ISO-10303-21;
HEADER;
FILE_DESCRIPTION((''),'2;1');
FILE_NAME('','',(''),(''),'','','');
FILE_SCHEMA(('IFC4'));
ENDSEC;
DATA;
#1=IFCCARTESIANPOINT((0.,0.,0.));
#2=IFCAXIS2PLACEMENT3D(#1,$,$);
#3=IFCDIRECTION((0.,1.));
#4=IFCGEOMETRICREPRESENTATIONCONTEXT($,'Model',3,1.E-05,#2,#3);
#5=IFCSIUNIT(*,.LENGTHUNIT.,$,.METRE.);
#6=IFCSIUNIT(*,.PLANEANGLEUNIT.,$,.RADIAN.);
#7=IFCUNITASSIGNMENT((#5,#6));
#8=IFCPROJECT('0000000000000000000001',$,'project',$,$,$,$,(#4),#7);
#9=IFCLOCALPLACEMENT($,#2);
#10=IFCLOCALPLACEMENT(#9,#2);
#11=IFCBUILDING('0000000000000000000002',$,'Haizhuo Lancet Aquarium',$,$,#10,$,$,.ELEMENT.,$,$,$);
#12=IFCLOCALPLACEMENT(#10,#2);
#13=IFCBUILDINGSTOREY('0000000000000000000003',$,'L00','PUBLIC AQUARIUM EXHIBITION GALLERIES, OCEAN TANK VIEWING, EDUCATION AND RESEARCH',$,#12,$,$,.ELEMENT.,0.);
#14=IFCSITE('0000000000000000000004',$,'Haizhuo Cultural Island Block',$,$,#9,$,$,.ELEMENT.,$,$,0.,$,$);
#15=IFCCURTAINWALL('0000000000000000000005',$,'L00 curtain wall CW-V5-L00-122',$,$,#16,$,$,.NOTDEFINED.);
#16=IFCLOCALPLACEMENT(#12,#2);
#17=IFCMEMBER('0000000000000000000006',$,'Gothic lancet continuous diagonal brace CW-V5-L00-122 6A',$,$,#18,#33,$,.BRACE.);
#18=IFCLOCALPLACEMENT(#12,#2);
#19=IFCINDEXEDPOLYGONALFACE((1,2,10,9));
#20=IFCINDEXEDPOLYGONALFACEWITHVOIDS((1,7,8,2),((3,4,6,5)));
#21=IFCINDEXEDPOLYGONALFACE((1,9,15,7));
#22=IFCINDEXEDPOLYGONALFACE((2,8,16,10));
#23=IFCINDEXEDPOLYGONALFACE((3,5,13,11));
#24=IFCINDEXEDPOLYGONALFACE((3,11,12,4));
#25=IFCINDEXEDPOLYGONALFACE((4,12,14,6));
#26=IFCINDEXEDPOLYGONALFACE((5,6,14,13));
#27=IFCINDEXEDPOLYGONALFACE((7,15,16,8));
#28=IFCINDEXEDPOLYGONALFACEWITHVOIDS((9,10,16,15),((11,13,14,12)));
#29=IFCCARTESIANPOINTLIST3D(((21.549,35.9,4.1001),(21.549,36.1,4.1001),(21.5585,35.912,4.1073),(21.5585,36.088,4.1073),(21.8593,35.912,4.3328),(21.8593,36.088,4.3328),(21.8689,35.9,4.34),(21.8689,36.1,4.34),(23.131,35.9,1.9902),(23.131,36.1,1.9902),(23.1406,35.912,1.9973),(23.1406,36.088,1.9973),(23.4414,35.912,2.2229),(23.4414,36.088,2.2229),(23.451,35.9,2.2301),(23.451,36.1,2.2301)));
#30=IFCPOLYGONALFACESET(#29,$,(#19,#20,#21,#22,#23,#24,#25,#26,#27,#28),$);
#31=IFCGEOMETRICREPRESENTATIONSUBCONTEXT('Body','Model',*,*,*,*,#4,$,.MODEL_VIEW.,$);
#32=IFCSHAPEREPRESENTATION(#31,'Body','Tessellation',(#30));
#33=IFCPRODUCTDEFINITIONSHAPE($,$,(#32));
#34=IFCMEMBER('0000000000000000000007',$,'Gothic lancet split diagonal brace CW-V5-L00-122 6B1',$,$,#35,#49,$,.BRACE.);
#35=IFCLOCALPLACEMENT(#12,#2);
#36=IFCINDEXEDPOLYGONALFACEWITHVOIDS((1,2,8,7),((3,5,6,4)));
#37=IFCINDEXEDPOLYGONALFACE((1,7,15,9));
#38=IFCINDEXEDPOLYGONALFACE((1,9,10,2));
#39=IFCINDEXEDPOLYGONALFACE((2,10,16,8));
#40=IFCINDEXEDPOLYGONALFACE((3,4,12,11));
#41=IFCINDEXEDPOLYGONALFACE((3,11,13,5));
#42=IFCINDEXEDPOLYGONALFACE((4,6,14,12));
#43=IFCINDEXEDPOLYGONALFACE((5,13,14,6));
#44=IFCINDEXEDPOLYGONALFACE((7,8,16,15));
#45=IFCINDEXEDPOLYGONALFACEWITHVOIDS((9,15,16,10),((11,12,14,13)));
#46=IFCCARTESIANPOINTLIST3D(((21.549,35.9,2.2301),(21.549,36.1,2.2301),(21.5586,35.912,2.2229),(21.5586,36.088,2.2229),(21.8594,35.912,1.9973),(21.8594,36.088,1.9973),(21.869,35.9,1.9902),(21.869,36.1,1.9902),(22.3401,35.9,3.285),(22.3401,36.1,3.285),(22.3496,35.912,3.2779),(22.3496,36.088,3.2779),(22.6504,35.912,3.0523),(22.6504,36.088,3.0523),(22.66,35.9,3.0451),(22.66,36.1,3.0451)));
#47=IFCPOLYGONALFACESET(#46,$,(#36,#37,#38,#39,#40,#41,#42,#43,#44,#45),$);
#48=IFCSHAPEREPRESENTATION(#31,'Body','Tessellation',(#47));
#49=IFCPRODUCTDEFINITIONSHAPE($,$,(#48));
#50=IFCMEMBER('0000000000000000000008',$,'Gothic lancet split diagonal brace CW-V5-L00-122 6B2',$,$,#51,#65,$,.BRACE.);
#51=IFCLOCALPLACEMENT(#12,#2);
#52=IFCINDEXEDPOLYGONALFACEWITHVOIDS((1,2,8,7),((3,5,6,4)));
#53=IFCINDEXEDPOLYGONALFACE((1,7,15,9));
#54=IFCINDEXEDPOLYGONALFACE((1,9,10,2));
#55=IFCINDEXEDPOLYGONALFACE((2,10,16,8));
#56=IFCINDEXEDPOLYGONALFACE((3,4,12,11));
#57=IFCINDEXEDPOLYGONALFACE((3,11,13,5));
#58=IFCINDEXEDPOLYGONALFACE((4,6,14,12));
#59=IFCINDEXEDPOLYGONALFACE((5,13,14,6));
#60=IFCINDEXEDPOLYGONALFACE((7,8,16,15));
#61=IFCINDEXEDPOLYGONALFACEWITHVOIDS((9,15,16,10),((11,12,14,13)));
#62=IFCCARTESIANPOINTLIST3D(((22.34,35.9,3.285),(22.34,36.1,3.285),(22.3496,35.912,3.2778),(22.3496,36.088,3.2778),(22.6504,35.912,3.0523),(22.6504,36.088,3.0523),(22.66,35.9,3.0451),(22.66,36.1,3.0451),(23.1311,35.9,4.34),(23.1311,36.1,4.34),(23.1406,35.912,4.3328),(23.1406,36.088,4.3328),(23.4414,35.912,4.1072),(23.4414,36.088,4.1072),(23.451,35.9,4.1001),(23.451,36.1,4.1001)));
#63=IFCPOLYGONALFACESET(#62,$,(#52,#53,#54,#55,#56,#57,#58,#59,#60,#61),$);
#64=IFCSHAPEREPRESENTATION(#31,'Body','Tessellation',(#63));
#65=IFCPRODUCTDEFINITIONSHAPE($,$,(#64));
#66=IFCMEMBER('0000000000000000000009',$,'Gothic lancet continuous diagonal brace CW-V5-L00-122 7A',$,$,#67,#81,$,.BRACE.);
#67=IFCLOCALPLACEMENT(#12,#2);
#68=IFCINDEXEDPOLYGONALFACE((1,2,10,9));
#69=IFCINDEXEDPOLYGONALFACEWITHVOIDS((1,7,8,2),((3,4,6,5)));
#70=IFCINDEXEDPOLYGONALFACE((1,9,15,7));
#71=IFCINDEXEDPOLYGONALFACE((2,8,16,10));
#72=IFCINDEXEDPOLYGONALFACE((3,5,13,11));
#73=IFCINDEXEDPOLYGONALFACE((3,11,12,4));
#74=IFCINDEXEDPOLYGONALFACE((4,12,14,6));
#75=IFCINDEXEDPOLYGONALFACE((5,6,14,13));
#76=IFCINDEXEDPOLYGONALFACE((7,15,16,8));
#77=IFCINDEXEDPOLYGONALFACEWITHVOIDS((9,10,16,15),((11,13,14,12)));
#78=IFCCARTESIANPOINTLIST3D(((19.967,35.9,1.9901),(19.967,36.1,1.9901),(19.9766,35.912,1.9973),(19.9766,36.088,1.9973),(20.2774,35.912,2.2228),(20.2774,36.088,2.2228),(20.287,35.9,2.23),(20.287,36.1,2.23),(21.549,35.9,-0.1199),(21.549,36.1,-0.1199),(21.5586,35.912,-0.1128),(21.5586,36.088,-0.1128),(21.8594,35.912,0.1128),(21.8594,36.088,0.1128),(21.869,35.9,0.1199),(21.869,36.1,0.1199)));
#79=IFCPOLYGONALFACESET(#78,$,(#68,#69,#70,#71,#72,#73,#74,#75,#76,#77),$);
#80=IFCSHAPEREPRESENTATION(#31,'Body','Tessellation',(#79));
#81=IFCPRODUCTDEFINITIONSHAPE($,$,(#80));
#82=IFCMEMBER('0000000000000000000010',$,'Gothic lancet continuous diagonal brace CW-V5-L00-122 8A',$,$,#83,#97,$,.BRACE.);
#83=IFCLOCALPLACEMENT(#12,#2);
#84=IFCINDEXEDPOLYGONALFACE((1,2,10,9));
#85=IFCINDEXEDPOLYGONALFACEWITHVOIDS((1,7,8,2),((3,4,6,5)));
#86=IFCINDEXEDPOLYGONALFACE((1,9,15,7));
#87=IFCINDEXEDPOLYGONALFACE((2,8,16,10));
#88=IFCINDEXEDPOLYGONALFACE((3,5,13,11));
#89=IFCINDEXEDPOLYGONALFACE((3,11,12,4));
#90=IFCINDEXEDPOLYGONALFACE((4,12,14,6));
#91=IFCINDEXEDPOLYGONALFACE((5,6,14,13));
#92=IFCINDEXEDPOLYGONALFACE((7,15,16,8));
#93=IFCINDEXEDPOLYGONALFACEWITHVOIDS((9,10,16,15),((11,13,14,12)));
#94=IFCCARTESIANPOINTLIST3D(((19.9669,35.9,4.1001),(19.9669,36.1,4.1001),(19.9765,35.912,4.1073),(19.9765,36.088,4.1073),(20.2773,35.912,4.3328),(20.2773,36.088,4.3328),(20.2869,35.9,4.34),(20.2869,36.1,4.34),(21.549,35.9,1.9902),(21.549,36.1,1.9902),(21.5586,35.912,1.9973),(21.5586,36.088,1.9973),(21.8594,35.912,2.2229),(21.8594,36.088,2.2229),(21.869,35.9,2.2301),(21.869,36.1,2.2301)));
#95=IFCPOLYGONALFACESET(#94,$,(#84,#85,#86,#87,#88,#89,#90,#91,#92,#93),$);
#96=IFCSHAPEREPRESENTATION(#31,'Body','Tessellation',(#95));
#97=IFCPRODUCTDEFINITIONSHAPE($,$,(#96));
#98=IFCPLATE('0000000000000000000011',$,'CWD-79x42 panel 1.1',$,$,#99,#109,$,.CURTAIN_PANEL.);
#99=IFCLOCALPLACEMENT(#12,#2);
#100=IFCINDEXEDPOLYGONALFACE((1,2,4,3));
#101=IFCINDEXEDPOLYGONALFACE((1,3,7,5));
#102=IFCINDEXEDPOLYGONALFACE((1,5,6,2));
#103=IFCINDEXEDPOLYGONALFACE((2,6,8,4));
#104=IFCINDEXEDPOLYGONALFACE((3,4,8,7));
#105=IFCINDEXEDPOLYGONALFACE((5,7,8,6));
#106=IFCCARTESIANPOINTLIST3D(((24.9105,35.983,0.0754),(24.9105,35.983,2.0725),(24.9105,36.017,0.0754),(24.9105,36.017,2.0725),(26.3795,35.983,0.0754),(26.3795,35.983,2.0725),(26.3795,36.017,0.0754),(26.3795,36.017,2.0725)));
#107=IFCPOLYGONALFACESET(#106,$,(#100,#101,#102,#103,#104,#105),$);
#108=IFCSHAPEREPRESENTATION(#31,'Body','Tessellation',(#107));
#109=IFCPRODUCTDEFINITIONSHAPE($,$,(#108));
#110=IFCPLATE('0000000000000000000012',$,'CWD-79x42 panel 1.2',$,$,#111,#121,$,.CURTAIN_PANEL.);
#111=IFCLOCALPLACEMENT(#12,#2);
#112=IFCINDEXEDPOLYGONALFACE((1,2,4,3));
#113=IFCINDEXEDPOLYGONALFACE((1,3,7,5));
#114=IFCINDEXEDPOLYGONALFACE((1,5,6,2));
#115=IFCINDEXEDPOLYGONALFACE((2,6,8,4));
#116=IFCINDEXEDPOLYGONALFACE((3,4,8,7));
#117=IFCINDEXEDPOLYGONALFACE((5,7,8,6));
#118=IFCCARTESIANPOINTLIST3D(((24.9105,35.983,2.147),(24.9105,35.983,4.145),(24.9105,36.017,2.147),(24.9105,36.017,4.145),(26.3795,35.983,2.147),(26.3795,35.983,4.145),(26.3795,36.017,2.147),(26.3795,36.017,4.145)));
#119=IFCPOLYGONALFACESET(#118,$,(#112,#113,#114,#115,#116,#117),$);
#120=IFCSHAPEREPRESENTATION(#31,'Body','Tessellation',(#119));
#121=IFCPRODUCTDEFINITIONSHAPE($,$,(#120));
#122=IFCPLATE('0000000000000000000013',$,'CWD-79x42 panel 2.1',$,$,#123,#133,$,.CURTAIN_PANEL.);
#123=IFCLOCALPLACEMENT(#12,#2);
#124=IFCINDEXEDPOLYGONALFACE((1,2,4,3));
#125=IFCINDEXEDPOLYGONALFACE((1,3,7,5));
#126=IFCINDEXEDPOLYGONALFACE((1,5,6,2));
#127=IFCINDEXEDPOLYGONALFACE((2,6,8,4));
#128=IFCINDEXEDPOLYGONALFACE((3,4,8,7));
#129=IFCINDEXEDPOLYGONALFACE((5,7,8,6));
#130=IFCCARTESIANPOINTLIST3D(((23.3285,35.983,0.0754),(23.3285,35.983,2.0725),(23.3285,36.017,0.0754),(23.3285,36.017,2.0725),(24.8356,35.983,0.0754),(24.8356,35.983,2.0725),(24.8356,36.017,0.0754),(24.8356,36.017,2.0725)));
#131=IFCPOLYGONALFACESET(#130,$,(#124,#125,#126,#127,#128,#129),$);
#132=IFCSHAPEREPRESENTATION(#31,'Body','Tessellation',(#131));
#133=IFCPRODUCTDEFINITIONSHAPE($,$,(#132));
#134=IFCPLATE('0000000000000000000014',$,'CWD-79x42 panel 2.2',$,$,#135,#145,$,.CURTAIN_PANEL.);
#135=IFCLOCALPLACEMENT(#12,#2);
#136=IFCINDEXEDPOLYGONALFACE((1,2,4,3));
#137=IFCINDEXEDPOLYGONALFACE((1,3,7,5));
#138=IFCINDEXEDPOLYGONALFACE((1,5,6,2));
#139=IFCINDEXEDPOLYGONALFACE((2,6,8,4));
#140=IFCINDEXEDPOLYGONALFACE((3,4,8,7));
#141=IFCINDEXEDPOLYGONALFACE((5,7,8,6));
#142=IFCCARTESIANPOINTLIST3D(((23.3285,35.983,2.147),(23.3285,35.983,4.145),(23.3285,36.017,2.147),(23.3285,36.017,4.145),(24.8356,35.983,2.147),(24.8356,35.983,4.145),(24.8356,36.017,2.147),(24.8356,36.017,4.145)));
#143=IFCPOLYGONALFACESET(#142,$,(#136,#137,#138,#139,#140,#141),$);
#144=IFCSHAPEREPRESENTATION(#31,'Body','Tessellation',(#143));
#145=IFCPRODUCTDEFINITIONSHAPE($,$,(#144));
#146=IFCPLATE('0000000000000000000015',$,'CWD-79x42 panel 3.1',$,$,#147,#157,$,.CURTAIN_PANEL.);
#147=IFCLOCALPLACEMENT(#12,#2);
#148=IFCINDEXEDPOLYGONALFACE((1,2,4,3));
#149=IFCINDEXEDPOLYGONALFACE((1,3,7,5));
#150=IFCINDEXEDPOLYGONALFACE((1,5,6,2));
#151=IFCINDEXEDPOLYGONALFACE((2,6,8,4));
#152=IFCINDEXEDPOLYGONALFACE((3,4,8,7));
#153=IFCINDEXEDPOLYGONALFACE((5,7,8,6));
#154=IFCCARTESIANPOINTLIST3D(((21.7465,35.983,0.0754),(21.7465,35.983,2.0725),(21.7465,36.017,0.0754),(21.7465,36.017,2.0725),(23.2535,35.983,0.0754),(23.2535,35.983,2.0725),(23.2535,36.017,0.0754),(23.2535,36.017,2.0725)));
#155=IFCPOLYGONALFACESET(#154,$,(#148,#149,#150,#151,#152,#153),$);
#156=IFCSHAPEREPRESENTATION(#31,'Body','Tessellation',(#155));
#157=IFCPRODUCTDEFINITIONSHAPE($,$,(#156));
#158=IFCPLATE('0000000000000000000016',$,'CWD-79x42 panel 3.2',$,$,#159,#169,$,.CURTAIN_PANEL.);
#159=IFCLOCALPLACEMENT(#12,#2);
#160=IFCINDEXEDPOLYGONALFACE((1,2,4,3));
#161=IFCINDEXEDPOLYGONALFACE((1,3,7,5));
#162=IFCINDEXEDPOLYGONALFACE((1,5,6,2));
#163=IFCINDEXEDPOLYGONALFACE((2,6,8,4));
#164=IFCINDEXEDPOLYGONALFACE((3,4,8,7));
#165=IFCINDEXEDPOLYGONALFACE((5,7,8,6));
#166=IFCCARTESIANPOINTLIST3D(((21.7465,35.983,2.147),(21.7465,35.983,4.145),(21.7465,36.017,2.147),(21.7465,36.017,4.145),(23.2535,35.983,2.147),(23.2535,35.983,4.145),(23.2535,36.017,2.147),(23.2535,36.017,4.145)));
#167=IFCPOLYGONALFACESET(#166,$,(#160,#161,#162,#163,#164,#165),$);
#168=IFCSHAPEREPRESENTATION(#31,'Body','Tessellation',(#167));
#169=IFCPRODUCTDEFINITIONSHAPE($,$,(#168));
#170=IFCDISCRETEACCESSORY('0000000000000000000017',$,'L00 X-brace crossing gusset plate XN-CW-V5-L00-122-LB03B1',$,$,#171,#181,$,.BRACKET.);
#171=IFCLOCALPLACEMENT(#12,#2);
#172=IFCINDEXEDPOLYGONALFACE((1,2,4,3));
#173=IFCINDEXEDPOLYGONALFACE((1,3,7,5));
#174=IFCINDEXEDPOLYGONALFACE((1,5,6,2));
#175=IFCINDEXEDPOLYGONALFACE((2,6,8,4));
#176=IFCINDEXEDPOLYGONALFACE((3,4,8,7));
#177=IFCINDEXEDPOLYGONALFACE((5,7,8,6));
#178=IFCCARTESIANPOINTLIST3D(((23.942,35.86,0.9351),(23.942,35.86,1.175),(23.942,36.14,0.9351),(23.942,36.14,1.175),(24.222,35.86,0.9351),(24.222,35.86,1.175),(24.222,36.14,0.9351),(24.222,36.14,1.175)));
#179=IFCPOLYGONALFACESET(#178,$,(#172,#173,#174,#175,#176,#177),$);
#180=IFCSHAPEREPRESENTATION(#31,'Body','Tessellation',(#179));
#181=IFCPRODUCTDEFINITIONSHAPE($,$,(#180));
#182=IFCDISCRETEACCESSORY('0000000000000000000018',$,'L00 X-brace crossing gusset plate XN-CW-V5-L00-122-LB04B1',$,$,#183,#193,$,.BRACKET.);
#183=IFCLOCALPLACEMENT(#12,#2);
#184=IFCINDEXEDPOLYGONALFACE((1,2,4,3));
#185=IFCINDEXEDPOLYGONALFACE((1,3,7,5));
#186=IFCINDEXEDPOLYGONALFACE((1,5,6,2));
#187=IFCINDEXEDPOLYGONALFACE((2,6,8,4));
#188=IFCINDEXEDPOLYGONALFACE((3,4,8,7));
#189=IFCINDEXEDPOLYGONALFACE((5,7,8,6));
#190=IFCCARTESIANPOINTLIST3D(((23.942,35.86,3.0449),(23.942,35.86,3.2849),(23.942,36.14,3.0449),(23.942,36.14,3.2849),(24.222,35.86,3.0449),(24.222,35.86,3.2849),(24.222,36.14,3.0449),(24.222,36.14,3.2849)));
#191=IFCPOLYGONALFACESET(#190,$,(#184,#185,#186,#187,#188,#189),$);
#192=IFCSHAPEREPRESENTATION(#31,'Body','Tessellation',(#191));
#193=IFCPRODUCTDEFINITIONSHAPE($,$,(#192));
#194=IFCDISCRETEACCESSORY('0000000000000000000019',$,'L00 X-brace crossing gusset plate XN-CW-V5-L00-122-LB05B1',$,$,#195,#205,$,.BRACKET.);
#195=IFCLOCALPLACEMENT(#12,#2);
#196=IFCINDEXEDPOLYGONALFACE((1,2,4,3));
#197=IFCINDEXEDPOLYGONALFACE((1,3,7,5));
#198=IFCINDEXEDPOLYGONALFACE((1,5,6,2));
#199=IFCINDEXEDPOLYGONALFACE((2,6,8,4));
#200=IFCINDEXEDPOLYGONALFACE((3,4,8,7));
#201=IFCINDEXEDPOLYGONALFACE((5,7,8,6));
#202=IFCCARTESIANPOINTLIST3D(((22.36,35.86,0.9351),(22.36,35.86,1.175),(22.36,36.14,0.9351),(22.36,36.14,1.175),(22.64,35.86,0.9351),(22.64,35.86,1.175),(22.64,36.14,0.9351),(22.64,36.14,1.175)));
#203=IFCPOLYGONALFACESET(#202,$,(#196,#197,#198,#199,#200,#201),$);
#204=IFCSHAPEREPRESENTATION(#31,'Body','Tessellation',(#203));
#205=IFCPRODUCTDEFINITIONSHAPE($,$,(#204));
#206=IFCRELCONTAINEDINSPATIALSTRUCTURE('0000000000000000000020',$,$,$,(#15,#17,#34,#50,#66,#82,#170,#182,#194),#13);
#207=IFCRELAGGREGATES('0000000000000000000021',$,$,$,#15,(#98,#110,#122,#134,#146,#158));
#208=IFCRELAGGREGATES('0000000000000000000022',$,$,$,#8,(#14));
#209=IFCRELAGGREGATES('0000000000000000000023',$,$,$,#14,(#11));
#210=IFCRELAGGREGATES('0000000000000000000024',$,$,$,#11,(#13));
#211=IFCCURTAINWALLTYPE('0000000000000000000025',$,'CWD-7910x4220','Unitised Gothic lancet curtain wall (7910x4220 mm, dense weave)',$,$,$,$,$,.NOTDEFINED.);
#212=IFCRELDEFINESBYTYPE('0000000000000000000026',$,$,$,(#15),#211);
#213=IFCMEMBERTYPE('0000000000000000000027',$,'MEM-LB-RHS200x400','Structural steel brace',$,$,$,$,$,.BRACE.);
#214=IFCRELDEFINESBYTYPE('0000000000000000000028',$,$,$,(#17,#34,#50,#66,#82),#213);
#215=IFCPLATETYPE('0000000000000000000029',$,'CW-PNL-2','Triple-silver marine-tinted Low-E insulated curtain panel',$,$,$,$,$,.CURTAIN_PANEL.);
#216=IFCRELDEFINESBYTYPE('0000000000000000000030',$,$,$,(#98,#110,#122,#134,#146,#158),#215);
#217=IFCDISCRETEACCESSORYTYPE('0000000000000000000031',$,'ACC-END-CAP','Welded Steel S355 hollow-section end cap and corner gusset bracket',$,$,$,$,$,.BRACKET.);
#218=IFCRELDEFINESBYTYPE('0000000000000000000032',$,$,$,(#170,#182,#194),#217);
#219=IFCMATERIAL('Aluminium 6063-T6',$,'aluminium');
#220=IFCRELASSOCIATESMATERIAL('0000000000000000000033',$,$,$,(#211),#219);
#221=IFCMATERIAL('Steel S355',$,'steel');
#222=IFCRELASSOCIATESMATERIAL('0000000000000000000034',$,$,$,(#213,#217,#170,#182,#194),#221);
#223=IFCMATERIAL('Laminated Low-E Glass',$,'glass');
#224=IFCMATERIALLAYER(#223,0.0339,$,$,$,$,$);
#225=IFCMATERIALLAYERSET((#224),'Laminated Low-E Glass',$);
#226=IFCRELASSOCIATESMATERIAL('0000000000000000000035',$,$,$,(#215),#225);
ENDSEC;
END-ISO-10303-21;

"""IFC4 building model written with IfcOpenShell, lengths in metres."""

from ifc_helpers import new_model, si_unit, direction, frame, origin, origin_2d, place, context, subcontext, project, spatial, rectangle, hollow_rectangle, extrude, material, layer, layer_set, material_profile, profile_set, type_object, element, aggregate, save


model = new_model("IFC4")

# Units and contexts
model_context = context("Model", 3, precision=1e-05, world=origin(), true_north=direction((0.0, 1.0)))
body_context = subcontext(model_context, "Body", "Model", "MODEL_VIEW")
ifc_project = project(units=[si_unit("LENGTHUNIT", "METRE"), si_unit("PLANEANGLEUNIT", "RADIAN")], contexts=[model_context])

# Site, building, storey
site_placement = place(None, origin())
site = spatial("IfcSite", under=ifc_project, at=site_placement, Name="Haizhuo Cultural Island Block", CompositionType="ELEMENT", RefElevation=0.0)
building_placement = place(site_placement, origin())
building = spatial("IfcBuilding", under=site, at=building_placement, Name="Haizhuo Lancet Aquarium", CompositionType="ELEMENT")
storey_placement = place(building_placement, origin())
storey = spatial("IfcBuildingStorey", under=building, at=storey_placement, Name="L00", Description="PUBLIC AQUARIUM EXHIBITION GALLERIES, OCEAN TANK VIEWING, EDUCATION AND RESEARCH", CompositionType="ELEMENT", Elevation=0.0)

# Curtain wall
ifc_material_1 = material(Name="Aluminium 6063-T6", Category="aluminium")
curtain_wall_type = type_object("IfcCurtainWallType", Name="CWD-7910x4220", Description="Unitised Gothic lancet curtain wall (7910x4220 mm, dense weave)", PredefinedType="NOTDEFINED", material=ifc_material_1)
curtain_wall_placement = place(storey_placement, origin())
curtain_wall = element("IfcCurtainWall", 1, at=curtain_wall_placement, inside=storey, type_object=curtain_wall_type, Name="L00 curtain wall CW-V5-L00-122", PredefinedType="NOTDEFINED")

# Members
ifc_material_2 = material(Name="Steel S355", Category="steel")
ifc_material_profile_1 = material_profile(ifc_material_2, hollow_rectangle(XDim=0.2, YDim=0.3999, WallThickness=0.012, at=origin_2d()), Name="RHS 200x400x12")
ifc_profile_set_1 = profile_set([ifc_material_profile_1], Name="Steel S355")
member_type_1 = type_object("IfcMemberType", Name="MEM-LB-RHS200x400", Description="Structural steel brace", PredefinedType="BRACE", material=ifc_profile_set_1)
member_1_placement = place(storey_placement, frame((23.291, 36.0, 2.1101), z_axis=(-0.599911, 0.0, 0.800067), x_axis=(0.0, -1.0, 0.0)))
element("IfcMember", 2, at=member_1_placement, inside=storey, type_object=member_type_1, Name="Gothic lancet continuous diagonal brace CW-V5-L00-122 6A", PredefinedType="BRACE", context=body_context, shape_type="SweptSolid", body=[
    extrude(hollow_rectangle(XDim=0.2, YDim=0.3999, WallThickness=0.012, at=origin_2d()), origin(), (0.0, 0.0, 1.0), 2.6372),
])
for number, where, z_axis, x_axis, name in (
    (3, (21.709, 36.0, 2.1101), (0.599911, 0.0, 0.800067), (0.0, 1.0, 0.0), "Gothic lancet split diagonal brace CW-V5-L00-122 6B1"),
    (4, (22.5, 36.0, 3.165), (0.599911, 0.0, 0.800067), (0.0, 1.0, 0.0), "Gothic lancet split diagonal brace CW-V5-L00-122 6B2"),
):
    element("IfcMember", number, at=place(storey_placement, frame(where, z_axis=z_axis, x_axis=x_axis)), inside=storey, type_object=member_type_1, Name=name, PredefinedType="BRACE", context=body_context, shape_type="SweptSolid", body=[
        extrude(hollow_rectangle(XDim=0.2, YDim=0.3999, WallThickness=0.012, at=origin_2d()), origin(), (0.0, 0.0, 1.0), 1.3186),
    ])
for number, where, z_axis, x_axis, name in (
    (5, (21.709, 36.0, 0.0), (-0.599867, 0.0, 0.8001), (0.0, -1.0, 0.0), "Gothic lancet continuous diagonal brace CW-V5-L00-122 7A"),
    (6, (21.709, 36.0, 2.1101), (-0.599911, 0.0, 0.800067), (0.0, -1.0, 0.0), "Gothic lancet continuous diagonal brace CW-V5-L00-122 8A"),
):
    element("IfcMember", number, at=place(storey_placement, frame(where, z_axis=z_axis, x_axis=x_axis)), inside=storey, type_object=member_type_1, Name=name, PredefinedType="BRACE", context=body_context, shape_type="SweptSolid", body=[
        extrude(hollow_rectangle(XDim=0.2, YDim=0.3999, WallThickness=0.012, at=origin_2d()), origin(), (0.0, 0.0, 1.0), 2.6372),
    ])

# Plates
ifc_material_3 = material(Name="Laminated Low-E Glass", Category="glass")
ifc_layer = layer(ifc_material_3, 0.0339)
ifc_layer_set = layer_set([ifc_layer], Name="Laminated Low-E Glass")
plate_type = type_object("IfcPlateType", Name="CW-PNL-2", Description="Triple-silver marine-tinted Low-E insulated curtain panel", PredefinedType="CURTAIN_PANEL", material=ifc_layer_set)
plate_1_placement = place(storey_placement, frame((25.645, 36.0, 0.0754), z_axis=(0.0, 0.0, 1.0), x_axis=(-1.0, 0.0, 0.0)))
plate_1 = element("IfcPlate", 7, at=plate_1_placement, type_object=plate_type, Name="CWD-79x42 panel 1.1", PredefinedType="CURTAIN_PANEL", context=body_context, shape_type="SweptSolid", body=[
    extrude(rectangle(XDim=1.469, YDim=0.0339, at=origin_2d()), origin(), (0.0, 0.0, 1.0), 1.9971),
])
plate_2_placement = place(storey_placement, frame((25.645, 36.0, 2.147), z_axis=(0.0, 0.0, 1.0), x_axis=(-1.0, 0.0, 0.0)))
plate_2 = element("IfcPlate", 8, at=plate_2_placement, type_object=plate_type, Name="CWD-79x42 panel 1.2", PredefinedType="CURTAIN_PANEL", context=body_context, shape_type="SweptSolid", body=[
    extrude(rectangle(XDim=1.469, YDim=0.0339, at=origin_2d()), origin(), (0.0, 0.0, 1.0), 1.998),
])
plate_3_placement = place(storey_placement, frame((24.082, 36.0, 0.0754), z_axis=(0.0, 0.0, 1.0), x_axis=(-1.0, 0.0, 0.0)))
plate_3 = element("IfcPlate", 9, at=plate_3_placement, type_object=plate_type, Name="CWD-79x42 panel 2.1", PredefinedType="CURTAIN_PANEL", context=body_context, shape_type="SweptSolid", body=[
    extrude(rectangle(XDim=1.5071, YDim=0.0339, at=origin_2d()), origin(), (0.0, 0.0, 1.0), 1.9971),
])
plate_4_placement = place(storey_placement, frame((24.082, 36.0, 2.147), z_axis=(0.0, 0.0, 1.0), x_axis=(-1.0, 0.0, 0.0)))
plate_4 = element("IfcPlate", 10, at=plate_4_placement, type_object=plate_type, Name="CWD-79x42 panel 2.2", PredefinedType="CURTAIN_PANEL", context=body_context, shape_type="SweptSolid", body=[
    extrude(rectangle(XDim=1.5071, YDim=0.0339, at=origin_2d()), origin(), (0.0, 0.0, 1.0), 1.998),
])
plate_5_placement = place(storey_placement, frame((22.5, 36.0, 0.0754), z_axis=(0.0, 0.0, 1.0), x_axis=(-1.0, 0.0, 0.0)))
plate_5 = element("IfcPlate", 11, at=plate_5_placement, type_object=plate_type, Name="CWD-79x42 panel 3.1", PredefinedType="CURTAIN_PANEL", context=body_context, shape_type="SweptSolid", body=[
    extrude(rectangle(XDim=1.5071, YDim=0.0339, at=origin_2d()), origin(), (0.0, 0.0, 1.0), 1.9971),
])
plate_6_placement = place(storey_placement, frame((22.5, 36.0, 2.147), z_axis=(0.0, 0.0, 1.0), x_axis=(-1.0, 0.0, 0.0)))
plate_6 = element("IfcPlate", 12, at=plate_6_placement, type_object=plate_type, Name="CWD-79x42 panel 3.2", PredefinedType="CURTAIN_PANEL", context=body_context, shape_type="SweptSolid", body=[
    extrude(rectangle(XDim=1.5071, YDim=0.0339, at=origin_2d()), origin(), (0.0, 0.0, 1.0), 1.998),
])
aggregate(curtain_wall, [plate_1, plate_2, plate_3, plate_4, plate_5, plate_6])

# Discrete accessories
discrete_accessory_type = type_object("IfcDiscreteAccessoryType", Name="ACC-END-CAP", Description="Welded Steel S355 hollow-section end cap and corner gusset bracket", PredefinedType="BRACKET", material=ifc_material_2)
for number, where, z_axis, x_axis, name in (
    (13, (24.082, 36.0, 0.9351), (0.0, 0.0, 1.0), (1.0, 0.0, 0.0), "L00 X-brace crossing gusset plate XN-CW-V5-L00-122-LB03B1"),
    (14, (24.082, 36.0, 3.0449), (0.0, 0.0, 1.0), (1.0, 0.0, 0.0), "L00 X-brace crossing gusset plate XN-CW-V5-L00-122-LB04B1"),
    (15, (22.5, 36.0, 0.9351), (0.0, 0.0, 1.0), (1.0, 0.0, 0.0), "L00 X-brace crossing gusset plate XN-CW-V5-L00-122-LB05B1"),
):
    element("IfcDiscreteAccessory", number, at=place(storey_placement, frame(where, z_axis=z_axis, x_axis=x_axis)), inside=storey, type_object=discrete_accessory_type, material=ifc_material_2, Name=name, PredefinedType="BRACKET", context=body_context, shape_type="SweptSolid", body=[
        extrude(rectangle(XDim=0.28, YDim=0.28, at=origin_2d()), origin(), (0.0, 0.0, 1.0), 0.24),
    ])

save(model, "model.ifc")
